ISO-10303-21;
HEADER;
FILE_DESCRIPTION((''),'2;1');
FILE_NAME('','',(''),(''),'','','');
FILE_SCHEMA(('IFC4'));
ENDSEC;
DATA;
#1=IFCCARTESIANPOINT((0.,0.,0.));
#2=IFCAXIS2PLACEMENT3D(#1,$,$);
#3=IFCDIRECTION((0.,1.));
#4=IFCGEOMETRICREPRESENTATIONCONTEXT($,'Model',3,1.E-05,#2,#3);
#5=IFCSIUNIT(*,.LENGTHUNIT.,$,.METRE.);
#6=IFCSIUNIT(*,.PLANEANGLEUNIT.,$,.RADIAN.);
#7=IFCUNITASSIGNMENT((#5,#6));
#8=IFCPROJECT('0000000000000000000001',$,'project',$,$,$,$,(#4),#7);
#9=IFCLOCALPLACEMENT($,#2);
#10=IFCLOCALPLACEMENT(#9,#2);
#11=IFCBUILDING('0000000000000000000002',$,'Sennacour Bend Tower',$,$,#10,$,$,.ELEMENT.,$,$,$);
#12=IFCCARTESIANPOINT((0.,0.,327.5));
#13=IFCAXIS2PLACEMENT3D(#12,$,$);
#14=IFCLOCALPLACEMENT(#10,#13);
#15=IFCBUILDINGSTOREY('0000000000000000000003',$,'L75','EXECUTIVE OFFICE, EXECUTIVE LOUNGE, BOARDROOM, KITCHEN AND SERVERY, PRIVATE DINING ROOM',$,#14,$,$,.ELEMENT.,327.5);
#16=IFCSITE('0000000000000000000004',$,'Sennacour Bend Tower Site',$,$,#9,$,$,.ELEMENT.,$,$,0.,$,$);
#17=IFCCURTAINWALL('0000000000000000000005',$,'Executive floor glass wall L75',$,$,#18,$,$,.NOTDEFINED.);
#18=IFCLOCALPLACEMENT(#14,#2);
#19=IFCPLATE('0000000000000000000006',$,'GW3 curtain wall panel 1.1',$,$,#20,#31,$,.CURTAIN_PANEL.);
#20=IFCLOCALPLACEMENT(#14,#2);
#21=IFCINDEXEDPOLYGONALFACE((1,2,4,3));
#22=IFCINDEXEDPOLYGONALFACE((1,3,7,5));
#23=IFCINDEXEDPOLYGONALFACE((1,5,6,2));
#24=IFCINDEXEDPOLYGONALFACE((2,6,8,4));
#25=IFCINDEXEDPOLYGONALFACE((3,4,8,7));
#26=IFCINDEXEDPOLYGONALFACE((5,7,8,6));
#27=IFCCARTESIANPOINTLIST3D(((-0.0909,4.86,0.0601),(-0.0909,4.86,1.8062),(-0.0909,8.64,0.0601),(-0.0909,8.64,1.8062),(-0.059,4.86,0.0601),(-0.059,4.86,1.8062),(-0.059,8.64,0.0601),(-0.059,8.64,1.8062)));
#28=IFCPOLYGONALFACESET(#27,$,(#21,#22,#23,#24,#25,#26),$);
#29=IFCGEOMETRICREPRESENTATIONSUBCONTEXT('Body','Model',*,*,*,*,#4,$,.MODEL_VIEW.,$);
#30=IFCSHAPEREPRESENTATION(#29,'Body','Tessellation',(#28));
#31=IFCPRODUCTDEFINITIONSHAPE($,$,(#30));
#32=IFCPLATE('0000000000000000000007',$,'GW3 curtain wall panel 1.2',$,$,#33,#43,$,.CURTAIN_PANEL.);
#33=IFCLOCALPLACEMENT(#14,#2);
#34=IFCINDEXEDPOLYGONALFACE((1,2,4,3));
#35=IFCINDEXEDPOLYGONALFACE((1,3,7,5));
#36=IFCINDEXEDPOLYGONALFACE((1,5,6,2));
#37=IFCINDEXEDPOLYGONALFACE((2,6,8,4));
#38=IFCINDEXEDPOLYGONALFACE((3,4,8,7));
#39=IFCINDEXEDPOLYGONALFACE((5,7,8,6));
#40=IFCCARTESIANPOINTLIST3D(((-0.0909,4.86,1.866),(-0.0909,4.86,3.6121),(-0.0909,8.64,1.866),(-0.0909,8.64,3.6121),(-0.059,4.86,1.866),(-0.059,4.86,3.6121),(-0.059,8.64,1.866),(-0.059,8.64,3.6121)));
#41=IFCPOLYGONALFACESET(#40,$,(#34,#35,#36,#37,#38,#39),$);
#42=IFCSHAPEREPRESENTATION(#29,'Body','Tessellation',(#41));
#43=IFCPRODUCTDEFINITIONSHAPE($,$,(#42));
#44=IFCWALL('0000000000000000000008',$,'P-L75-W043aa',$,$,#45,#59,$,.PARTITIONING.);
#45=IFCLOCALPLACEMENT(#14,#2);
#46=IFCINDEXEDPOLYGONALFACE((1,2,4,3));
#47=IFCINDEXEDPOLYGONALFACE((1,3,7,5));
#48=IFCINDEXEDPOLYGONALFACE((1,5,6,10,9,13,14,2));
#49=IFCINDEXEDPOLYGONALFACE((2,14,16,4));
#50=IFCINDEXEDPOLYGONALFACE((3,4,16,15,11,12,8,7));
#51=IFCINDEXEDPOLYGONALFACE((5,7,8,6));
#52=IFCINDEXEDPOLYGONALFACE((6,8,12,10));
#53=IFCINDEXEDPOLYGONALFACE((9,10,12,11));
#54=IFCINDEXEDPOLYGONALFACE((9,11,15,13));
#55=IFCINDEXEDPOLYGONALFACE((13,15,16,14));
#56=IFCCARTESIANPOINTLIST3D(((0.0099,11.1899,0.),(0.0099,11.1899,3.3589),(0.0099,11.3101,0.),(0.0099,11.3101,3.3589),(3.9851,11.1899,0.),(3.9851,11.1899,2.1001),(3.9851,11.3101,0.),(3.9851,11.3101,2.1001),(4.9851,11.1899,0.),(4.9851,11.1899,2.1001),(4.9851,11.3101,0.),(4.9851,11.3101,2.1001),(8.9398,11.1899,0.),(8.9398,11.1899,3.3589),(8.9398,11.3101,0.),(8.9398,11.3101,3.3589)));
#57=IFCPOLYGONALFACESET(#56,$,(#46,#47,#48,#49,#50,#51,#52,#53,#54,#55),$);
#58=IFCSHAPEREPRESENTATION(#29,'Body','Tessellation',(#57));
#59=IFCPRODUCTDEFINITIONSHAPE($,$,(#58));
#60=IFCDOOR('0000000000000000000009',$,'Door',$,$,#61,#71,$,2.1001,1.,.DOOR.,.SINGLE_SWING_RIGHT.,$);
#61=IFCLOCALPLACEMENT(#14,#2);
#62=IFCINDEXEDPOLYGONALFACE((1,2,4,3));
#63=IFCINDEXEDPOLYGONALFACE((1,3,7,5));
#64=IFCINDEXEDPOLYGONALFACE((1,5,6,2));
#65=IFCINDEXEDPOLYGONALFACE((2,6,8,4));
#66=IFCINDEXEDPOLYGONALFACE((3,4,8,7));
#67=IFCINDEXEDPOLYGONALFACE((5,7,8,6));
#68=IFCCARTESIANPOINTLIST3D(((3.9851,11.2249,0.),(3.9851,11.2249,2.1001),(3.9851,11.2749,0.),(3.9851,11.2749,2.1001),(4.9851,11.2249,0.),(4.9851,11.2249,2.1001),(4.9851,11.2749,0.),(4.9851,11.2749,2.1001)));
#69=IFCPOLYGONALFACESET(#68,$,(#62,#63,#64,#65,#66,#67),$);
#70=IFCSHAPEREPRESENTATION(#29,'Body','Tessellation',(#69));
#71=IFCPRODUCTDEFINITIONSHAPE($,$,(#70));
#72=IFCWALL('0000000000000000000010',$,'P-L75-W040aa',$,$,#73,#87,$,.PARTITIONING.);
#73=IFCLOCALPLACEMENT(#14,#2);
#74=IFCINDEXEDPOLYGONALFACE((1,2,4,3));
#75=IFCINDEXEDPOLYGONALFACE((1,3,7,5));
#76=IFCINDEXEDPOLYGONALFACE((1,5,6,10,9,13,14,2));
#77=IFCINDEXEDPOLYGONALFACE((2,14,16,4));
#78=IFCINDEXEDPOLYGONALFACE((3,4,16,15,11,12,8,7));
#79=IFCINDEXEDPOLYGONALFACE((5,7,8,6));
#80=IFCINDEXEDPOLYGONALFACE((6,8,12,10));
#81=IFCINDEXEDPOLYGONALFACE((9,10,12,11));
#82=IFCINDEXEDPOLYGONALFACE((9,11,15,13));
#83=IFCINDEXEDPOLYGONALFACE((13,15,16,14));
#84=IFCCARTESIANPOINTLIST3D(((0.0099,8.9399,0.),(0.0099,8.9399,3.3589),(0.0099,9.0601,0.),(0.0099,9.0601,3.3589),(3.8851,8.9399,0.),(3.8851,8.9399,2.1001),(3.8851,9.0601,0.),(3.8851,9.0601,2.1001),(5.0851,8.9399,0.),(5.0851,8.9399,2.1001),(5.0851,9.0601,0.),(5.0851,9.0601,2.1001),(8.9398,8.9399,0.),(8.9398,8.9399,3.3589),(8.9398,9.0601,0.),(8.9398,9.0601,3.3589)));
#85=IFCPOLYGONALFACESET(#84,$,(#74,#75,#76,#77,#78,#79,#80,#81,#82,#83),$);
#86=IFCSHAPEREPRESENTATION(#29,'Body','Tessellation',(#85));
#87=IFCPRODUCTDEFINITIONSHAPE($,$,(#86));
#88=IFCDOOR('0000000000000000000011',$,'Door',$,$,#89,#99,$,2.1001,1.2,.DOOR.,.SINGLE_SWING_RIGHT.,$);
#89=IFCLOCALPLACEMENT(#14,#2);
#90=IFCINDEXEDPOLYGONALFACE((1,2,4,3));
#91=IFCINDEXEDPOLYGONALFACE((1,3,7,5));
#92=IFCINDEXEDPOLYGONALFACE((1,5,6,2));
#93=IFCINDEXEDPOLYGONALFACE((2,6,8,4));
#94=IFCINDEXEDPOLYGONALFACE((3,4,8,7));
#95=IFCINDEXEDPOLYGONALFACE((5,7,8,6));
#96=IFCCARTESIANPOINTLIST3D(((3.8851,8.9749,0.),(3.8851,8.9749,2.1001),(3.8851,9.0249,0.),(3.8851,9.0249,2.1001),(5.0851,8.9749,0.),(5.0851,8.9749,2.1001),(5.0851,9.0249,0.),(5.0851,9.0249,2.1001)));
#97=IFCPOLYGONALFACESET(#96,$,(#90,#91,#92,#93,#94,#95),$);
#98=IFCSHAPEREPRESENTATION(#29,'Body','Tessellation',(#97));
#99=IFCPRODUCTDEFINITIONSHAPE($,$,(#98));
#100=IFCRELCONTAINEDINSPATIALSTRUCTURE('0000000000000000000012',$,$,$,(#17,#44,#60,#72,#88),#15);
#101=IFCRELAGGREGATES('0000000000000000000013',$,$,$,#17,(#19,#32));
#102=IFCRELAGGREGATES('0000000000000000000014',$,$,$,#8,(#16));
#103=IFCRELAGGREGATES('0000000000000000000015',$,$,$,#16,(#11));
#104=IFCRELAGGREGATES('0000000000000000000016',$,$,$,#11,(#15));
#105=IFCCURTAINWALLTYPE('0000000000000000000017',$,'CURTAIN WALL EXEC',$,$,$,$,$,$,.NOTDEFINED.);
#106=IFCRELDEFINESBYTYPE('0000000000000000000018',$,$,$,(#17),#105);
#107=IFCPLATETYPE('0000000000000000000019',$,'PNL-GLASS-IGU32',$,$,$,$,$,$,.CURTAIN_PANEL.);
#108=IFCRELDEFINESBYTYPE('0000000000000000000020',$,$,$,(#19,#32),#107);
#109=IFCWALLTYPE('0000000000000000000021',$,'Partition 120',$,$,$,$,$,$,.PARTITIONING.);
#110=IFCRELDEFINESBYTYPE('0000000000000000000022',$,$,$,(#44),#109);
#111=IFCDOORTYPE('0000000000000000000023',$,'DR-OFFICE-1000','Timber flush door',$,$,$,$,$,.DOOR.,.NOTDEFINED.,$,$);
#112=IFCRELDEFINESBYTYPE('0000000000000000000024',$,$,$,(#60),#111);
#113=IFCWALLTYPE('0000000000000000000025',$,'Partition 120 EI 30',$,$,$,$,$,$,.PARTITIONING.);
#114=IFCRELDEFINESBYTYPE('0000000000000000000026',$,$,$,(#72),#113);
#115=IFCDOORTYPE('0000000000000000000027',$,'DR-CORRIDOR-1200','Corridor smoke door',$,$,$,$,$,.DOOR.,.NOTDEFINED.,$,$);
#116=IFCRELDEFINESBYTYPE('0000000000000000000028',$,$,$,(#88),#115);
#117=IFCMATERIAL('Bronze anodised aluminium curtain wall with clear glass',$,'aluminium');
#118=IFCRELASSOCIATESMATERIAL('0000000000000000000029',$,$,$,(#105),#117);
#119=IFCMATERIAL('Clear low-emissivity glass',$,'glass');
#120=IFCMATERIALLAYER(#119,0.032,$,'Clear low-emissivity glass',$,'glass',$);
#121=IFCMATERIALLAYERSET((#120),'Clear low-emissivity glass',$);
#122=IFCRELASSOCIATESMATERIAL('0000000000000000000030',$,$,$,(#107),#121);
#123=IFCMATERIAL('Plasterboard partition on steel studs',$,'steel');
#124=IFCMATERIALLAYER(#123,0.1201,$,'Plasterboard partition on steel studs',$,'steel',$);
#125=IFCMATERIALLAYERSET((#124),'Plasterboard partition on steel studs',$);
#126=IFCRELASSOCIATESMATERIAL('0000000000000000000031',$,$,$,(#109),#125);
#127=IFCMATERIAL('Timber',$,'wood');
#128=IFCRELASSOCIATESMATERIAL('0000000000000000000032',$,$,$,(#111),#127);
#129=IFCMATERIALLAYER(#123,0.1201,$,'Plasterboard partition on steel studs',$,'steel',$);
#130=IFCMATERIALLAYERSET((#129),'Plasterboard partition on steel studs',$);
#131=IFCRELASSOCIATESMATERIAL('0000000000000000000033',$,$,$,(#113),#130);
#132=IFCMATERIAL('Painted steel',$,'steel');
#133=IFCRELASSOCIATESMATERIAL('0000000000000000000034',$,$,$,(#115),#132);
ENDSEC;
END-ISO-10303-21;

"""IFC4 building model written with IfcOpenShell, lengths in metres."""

from ifc_helpers import new_model, si_unit, direction, frame, frame_2d, origin, origin_2d, place, context, subcontext, project, spatial, rectangle, extrude, material, layer, layer_set, type_object, element, fill, aggregate, save


model = new_model("IFC4")

# Units and contexts
model_context = context("Model", 3, precision=1e-05, world=origin(), true_north=direction((0.0, 1.0)))
body_context = subcontext(model_context, "Body", "Model", "MODEL_VIEW")
ifc_project = project(units=[si_unit("LENGTHUNIT", "METRE"), si_unit("PLANEANGLEUNIT", "RADIAN")], contexts=[model_context])

# Site, building, storey
site_placement = place(None, origin())
site = spatial("IfcSite", under=ifc_project, at=site_placement, Name="Sennacour Bend Tower Site", CompositionType="ELEMENT", RefElevation=0.0)
building_placement = place(site_placement, origin())
building = spatial("IfcBuilding", under=site, at=building_placement, Name="Sennacour Bend Tower", CompositionType="ELEMENT")
storey_placement = place(building_placement, frame((0.0, 0.0, 327.5)))
storey = spatial("IfcBuildingStorey", under=building, at=storey_placement, Name="L75", Description="EXECUTIVE OFFICE, EXECUTIVE LOUNGE, BOARDROOM, KITCHEN AND SERVERY, PRIVATE DINING ROOM", CompositionType="ELEMENT", Elevation=327.5)

# Shared definitions
ifc_material_1 = material(Name="Bronze anodised aluminium curtain wall with clear glass", Category="aluminium")
curtain_wall_type = type_object("IfcCurtainWallType", Name="CURTAIN WALL EXEC", PredefinedType="NOTDEFINED", material=ifc_material_1)

# Curtain wall
curtain_wall_1_placement = place(storey_placement, origin())
curtain_wall_1 = element("IfcCurtainWall", 1, at=curtain_wall_1_placement, inside=storey, type_object=curtain_wall_type, Name="Executive floor glass wall L75", PredefinedType="NOTDEFINED")

# Plates
ifc_material_2 = material(Name="Clear low-emissivity glass", Category="glass")
ifc_layer_1 = layer(ifc_material_2, 0.032, Name="Clear low-emissivity glass", Category="glass")
ifc_layer_set_1 = layer_set([ifc_layer_1], Name="Clear low-emissivity glass")
plate_type = type_object("IfcPlateType", Name="PNL-GLASS-IGU32", PredefinedType="CURTAIN_PANEL", material=ifc_layer_set_1)
plate_1_placement = place(storey_placement, frame((-0.075, 6.75, 0.0601), z_axis=(0.0, 0.0, 1.0), x_axis=(0.0, -1.0, 0.0)))
plate_1 = element("IfcPlate", 2, at=plate_1_placement, type_object=plate_type, Name="GW3 curtain wall panel 1.1", PredefinedType="CURTAIN_PANEL", context=body_context, shape_type="SweptSolid", body=[
    extrude(rectangle(XDim=3.78, YDim=0.032, at=origin_2d()), origin(), (0.0, 0.0, 1.0), 1.7461),
])
plate_2_placement = place(storey_placement, frame((-0.075, 6.75, 1.866), z_axis=(0.0, 0.0, 1.0), x_axis=(0.0, -1.0, 0.0)))
plate_2 = element("IfcPlate", 3, at=plate_2_placement, type_object=plate_type, Name="GW3 curtain wall panel 1.2", PredefinedType="CURTAIN_PANEL", context=body_context, shape_type="SweptSolid", body=[
    extrude(rectangle(XDim=3.78, YDim=0.032, at=origin_2d()), origin(), (0.0, 0.0, 1.0), 1.7461),
])
aggregate(curtain_wall_1, [plate_1, plate_2])

# Walls, openings, doors
ifc_material_3 = material(Name="Plasterboard partition on steel studs", Category="steel")
ifc_layer_2 = layer(ifc_material_3, 0.1201, Name="Plasterboard partition on steel studs", Category="steel")
ifc_layer_set_2 = layer_set([ifc_layer_2], Name="Plasterboard partition on steel studs")
wall_type_1 = type_object("IfcWallType", Name="Partition 120", PredefinedType="PARTITIONING", material=ifc_layer_set_2)
wall_1_placement = place(storey_placement, frame((0.01, 11.25, 0.0), z_axis=(0.0, 0.0, 1.0), x_axis=(1.0, 0.0, 0.0)))
wall_1 = element("IfcWall", 4, at=wall_1_placement, inside=storey, type_object=wall_type_1, Name="P-L75-W043aa", PredefinedType="PARTITIONING", context=body_context, shape_type="SweptSolid", body=[
    extrude(rectangle(XDim=8.9299, YDim=0.1201, at=frame_2d((4.4648, 0.0))), origin(), (0.0, 0.0, 1.0), 3.3589),
])
opening_1_placement = place(wall_1_placement, frame((3.9751, 0.0, 0.0)))
opening_1 = element("IfcOpeningElement", 5, at=opening_1_placement, cuts=wall_1, PredefinedType="OPENING", context=body_context, shape_type="SweptSolid", body=[
    extrude(rectangle(XDim=1.0, YDim=2.1001, at=frame_2d((0.5, 1.05))), frame((0.0, 0.0701, 0.0), z_axis=(0.0, -1.0, 0.0), x_axis=(1.0, 0.0, 0.0)), (0.0, 0.0, 1.0), 0.1401),
])
ifc_material_4 = material(Name="Timber", Category="wood")
door_type_1 = type_object("IfcDoorType", Name="DR-OFFICE-1000", Description="Timber flush door", OperationType="NOTDEFINED", PredefinedType="DOOR", material=ifc_material_4)
door_1_placement = place(opening_1_placement, origin())
door_1 = element("IfcDoor", 6, at=door_1_placement, inside=storey, type_object=door_type_1, Name="Door", OperationType="SINGLE_SWING_RIGHT", OverallHeight=2.1001, OverallWidth=1.0, PredefinedType="DOOR", context=body_context, shape_type="SweptSolid", body=[
    extrude(rectangle(XDim=1.0, YDim=2.1001, at=frame_2d((0.5, 1.05))), frame((0.0, 0.0249, 0.0), z_axis=(0.0, -1.0, 0.0), x_axis=(1.0, 0.0, 0.0)), (0.0, 0.0, 1.0), 0.05),
])
fill(opening_1, door_1)
ifc_layer_3 = layer(ifc_material_3, 0.1201, Name="Plasterboard partition on steel studs", Category="steel")
ifc_layer_set_3 = layer_set([ifc_layer_3], Name="Plasterboard partition on steel studs")
wall_type_2 = type_object("IfcWallType", Name="Partition 120 EI 30", PredefinedType="PARTITIONING", material=ifc_layer_set_3)
wall_2_placement = place(storey_placement, frame((0.01, 9.0, 0.0), z_axis=(0.0, 0.0, 1.0), x_axis=(1.0, 0.0, 0.0)))
wall_2 = element("IfcWall", 7, at=wall_2_placement, inside=storey, type_object=wall_type_2, Name="P-L75-W040aa", PredefinedType="PARTITIONING", context=body_context, shape_type="SweptSolid", body=[
    extrude(rectangle(XDim=8.9299, YDim=0.1201, at=frame_2d((4.4648, 0.0))), origin(), (0.0, 0.0, 1.0), 3.3589),
])
opening_2_placement = place(wall_2_placement, frame((3.875, 0.0, 0.0)))
opening_2 = element("IfcOpeningElement", 8, at=opening_2_placement, cuts=wall_2, PredefinedType="OPENING", context=body_context, shape_type="SweptSolid", body=[
    extrude(rectangle(XDim=1.2, YDim=2.1001, at=frame_2d((0.6001, 1.05))), frame((0.0, 0.0701, 0.0), z_axis=(0.0, -1.0, 0.0), x_axis=(1.0, 0.0, 0.0)), (0.0, 0.0, 1.0), 0.1401),
])
ifc_material_5 = material(Name="Painted steel", Category="steel")
door_type_2 = type_object("IfcDoorType", Name="DR-CORRIDOR-1200", Description="Corridor smoke door", OperationType="NOTDEFINED", PredefinedType="DOOR", material=ifc_material_5)
door_2_placement = place(opening_2_placement, origin())
door_2 = element("IfcDoor", 9, at=door_2_placement, inside=storey, type_object=door_type_2, Name="Door", OperationType="SINGLE_SWING_RIGHT", OverallHeight=2.1001, OverallWidth=1.2, PredefinedType="DOOR", context=body_context, shape_type="SweptSolid", body=[
    extrude(rectangle(XDim=1.2, YDim=2.1001, at=frame_2d((0.6001, 1.05))), frame((0.0, 0.0249, 0.0), z_axis=(0.0, -1.0, 0.0), x_axis=(1.0, 0.0, 0.0)), (0.0, 0.0, 1.0), 0.05),
])
fill(opening_2, door_2)

save(model, "model.ifc")
